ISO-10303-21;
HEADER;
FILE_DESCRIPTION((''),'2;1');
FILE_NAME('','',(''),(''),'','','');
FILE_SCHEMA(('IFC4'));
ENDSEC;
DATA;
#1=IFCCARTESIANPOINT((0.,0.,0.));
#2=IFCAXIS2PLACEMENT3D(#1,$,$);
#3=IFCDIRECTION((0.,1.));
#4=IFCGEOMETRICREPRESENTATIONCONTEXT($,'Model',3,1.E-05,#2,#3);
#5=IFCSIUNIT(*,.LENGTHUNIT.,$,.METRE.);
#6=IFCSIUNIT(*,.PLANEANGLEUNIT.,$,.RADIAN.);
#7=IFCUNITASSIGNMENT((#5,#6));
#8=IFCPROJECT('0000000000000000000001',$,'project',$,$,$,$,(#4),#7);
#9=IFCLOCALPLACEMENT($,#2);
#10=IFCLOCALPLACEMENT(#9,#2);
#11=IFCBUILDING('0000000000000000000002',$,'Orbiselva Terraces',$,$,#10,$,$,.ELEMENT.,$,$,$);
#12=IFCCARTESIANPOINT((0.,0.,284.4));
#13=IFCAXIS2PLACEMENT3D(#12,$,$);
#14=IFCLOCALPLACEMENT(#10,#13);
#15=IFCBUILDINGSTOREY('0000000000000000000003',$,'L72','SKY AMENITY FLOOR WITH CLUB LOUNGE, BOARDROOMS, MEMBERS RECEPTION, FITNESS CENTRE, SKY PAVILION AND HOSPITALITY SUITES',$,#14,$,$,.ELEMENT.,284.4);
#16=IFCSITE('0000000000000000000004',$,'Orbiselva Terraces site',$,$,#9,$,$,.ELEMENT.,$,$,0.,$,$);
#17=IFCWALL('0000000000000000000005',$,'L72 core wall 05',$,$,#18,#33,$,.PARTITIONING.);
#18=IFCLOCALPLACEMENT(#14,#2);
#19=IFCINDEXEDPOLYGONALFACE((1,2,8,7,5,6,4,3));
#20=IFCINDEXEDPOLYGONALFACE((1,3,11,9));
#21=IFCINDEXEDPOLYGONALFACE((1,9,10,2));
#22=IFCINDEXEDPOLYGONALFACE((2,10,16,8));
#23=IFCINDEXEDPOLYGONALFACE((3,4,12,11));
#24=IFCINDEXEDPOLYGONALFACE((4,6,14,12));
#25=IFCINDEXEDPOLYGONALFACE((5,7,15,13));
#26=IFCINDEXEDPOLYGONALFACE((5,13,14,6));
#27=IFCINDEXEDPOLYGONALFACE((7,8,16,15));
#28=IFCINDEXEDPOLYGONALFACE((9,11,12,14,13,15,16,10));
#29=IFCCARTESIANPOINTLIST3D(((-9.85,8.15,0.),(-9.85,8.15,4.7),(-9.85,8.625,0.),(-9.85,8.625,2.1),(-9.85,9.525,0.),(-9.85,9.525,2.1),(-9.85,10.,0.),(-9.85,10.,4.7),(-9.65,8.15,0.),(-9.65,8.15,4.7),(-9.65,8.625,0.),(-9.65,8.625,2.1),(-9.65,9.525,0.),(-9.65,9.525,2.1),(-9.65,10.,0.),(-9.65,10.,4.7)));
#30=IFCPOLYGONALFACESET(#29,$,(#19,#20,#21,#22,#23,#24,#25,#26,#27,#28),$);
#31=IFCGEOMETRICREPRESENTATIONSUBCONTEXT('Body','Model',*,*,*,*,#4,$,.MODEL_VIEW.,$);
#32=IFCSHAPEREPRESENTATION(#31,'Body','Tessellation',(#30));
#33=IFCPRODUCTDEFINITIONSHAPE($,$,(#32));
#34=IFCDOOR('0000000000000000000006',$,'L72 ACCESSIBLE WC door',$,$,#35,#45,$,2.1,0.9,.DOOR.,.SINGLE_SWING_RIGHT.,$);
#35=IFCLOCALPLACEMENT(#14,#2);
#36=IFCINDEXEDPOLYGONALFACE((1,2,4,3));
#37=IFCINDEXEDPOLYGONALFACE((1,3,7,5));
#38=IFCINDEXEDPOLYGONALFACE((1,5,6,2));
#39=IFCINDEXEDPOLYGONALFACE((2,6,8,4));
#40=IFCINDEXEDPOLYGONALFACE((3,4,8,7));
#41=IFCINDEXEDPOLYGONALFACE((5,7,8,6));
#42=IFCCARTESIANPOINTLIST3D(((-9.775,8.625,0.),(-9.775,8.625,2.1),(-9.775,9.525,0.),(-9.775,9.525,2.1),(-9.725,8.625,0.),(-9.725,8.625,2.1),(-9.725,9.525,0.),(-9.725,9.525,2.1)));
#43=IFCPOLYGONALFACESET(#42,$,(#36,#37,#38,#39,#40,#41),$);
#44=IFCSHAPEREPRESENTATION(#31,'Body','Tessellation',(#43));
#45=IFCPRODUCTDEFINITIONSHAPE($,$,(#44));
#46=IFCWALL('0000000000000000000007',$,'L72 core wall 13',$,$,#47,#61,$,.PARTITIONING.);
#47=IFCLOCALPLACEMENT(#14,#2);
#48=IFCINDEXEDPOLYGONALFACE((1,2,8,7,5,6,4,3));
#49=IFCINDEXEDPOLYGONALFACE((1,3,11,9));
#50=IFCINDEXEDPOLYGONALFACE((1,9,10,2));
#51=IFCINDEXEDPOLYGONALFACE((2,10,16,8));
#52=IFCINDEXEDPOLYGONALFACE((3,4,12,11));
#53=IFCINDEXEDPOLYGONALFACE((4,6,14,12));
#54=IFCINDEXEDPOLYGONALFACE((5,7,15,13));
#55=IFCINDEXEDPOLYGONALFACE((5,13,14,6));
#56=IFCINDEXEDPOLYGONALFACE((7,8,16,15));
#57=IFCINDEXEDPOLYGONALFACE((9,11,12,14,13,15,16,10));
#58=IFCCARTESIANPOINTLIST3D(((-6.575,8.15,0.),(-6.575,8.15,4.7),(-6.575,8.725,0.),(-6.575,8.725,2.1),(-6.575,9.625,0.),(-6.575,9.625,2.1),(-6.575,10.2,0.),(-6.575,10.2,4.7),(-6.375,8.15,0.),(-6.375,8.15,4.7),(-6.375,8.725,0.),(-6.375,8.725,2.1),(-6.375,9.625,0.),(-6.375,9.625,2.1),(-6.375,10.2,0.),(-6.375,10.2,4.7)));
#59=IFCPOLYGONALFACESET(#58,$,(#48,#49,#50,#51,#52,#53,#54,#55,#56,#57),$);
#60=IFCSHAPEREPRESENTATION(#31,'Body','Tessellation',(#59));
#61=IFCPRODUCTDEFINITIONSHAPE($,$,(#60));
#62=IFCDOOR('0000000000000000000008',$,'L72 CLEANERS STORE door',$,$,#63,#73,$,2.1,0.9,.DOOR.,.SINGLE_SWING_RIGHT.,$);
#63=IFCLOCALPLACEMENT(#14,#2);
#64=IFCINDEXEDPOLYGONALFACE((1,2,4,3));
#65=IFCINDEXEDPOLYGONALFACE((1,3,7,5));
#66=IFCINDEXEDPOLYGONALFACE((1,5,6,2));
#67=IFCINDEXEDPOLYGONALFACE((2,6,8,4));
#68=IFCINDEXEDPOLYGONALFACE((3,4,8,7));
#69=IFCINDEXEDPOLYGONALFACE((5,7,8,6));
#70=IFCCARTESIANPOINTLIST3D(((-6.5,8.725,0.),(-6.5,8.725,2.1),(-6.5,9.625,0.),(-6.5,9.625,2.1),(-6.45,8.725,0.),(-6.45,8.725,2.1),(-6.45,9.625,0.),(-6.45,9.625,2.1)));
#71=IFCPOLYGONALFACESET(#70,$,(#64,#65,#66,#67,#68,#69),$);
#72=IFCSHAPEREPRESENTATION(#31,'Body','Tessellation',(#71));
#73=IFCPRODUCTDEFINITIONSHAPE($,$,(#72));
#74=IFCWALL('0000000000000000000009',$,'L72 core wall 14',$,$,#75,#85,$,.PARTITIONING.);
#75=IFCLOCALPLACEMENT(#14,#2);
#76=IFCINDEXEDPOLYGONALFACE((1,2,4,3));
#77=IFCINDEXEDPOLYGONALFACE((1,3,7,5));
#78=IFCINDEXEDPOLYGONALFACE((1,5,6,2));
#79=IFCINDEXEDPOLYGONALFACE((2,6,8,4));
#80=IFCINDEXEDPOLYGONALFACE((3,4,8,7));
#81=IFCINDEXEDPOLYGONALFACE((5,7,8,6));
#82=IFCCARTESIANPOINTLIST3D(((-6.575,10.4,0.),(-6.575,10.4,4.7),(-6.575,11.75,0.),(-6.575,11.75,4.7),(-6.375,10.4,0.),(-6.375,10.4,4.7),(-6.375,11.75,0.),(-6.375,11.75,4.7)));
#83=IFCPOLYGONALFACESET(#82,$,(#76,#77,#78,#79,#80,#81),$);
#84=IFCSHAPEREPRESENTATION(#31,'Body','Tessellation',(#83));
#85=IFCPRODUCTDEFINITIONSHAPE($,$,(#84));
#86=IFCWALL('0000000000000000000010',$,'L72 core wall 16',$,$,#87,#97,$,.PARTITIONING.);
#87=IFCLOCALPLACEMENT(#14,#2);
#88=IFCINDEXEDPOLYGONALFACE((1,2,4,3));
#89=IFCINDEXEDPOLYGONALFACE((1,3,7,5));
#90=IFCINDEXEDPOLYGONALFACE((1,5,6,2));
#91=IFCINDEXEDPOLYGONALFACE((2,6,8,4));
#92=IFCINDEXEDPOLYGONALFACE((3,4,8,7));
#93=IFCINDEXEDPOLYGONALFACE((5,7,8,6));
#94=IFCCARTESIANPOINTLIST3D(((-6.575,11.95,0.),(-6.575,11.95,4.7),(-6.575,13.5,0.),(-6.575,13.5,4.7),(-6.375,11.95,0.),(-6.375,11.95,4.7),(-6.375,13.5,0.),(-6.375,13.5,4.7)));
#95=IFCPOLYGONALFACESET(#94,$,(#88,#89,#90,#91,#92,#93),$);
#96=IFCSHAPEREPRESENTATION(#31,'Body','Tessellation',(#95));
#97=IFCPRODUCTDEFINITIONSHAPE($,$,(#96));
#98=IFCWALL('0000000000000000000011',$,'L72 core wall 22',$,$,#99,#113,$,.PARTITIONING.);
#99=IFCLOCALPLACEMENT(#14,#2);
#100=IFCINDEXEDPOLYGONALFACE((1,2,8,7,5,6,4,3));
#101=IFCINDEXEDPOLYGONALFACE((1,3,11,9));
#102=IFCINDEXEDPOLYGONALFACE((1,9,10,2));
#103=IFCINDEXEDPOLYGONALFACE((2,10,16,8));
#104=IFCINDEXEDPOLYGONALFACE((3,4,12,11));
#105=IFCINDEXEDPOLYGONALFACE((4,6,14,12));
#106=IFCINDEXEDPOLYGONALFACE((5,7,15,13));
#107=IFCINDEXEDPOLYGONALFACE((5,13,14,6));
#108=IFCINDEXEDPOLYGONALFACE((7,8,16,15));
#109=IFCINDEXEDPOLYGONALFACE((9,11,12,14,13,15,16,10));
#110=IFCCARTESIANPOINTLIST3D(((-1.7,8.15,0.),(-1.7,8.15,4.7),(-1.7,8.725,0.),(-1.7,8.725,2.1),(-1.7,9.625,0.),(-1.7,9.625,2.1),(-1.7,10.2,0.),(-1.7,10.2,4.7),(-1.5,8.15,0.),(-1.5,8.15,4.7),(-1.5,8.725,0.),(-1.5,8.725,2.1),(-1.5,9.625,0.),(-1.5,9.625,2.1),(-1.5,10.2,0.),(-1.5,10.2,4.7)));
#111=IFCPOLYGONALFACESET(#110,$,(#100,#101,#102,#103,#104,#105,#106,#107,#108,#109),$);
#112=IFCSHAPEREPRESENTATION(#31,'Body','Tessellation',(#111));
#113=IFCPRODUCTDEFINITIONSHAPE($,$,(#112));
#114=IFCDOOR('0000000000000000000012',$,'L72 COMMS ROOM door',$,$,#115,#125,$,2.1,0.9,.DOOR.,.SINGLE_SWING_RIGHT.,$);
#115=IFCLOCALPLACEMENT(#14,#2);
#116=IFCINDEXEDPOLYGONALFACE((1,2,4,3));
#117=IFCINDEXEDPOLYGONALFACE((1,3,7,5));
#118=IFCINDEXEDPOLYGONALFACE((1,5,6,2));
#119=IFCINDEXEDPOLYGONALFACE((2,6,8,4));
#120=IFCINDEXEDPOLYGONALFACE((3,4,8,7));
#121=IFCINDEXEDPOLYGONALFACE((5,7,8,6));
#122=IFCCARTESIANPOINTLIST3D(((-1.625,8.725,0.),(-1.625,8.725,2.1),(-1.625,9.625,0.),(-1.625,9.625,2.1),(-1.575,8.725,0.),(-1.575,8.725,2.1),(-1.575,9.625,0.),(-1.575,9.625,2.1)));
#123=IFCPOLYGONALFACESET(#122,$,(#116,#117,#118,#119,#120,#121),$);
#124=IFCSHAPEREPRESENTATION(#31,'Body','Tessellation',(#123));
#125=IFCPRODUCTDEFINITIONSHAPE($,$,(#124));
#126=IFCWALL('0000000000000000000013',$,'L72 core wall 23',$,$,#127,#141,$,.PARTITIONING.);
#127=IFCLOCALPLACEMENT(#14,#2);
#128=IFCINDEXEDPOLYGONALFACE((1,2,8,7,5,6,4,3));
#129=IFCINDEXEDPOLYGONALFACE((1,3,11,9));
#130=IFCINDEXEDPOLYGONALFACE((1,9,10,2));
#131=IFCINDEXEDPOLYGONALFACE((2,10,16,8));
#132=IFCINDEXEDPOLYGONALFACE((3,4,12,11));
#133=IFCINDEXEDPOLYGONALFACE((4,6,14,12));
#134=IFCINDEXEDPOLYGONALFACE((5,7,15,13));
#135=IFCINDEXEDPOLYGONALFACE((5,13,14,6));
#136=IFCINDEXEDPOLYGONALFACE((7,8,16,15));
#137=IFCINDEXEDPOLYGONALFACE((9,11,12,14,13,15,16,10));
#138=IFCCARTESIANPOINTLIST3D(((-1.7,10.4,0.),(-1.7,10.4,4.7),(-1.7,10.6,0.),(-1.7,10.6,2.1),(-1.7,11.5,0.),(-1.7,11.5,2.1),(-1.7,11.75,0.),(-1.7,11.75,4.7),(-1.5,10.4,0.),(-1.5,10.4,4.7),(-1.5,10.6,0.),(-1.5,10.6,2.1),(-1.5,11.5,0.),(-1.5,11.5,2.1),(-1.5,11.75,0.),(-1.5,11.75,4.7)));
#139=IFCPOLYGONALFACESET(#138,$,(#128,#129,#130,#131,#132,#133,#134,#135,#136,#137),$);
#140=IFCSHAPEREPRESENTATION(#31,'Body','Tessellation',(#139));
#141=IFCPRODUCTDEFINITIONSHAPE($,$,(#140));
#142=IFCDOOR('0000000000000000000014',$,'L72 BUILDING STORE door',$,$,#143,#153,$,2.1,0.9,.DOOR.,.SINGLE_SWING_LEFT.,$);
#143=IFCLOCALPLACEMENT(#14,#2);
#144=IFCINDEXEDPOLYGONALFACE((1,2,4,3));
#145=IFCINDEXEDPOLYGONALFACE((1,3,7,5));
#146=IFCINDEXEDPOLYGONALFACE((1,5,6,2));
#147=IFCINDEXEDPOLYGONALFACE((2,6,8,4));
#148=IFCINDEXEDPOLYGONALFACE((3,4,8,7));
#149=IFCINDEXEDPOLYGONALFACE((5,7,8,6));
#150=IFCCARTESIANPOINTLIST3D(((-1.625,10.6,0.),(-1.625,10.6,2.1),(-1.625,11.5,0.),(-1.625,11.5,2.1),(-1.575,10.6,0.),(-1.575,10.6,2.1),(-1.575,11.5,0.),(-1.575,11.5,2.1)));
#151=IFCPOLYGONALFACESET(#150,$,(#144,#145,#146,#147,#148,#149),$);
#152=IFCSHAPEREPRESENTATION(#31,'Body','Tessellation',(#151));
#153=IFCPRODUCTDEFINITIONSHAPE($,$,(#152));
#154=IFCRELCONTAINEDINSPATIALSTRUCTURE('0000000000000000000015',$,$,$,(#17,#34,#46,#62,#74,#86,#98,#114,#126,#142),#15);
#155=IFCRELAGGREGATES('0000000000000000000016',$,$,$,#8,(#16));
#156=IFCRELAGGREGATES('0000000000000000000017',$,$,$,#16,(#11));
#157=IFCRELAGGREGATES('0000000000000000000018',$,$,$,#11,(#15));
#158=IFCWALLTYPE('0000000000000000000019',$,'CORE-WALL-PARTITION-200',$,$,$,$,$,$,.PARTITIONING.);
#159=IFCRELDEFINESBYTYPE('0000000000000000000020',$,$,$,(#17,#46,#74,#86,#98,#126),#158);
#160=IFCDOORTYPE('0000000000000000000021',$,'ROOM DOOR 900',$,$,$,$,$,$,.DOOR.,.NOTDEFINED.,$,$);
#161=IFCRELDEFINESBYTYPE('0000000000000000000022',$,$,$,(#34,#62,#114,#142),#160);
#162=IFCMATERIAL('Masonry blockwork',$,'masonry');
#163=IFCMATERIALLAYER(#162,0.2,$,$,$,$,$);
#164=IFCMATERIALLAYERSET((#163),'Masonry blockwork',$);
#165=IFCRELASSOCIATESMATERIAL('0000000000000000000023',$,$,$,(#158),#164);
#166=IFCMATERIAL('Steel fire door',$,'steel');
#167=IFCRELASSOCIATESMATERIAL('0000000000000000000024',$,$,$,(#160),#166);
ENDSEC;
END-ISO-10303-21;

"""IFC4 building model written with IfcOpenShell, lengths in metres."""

from ifc_helpers import new_model, si_unit, direction, frame, frame_2d, origin, place, context, subcontext, project, spatial, rectangle, extrude, material, layer, layer_set, type_object, element, fill, save


model = new_model("IFC4")

# Units and contexts
model_context = context("Model", 3, precision=1e-05, world=origin(), true_north=direction((0.0, 1.0)))
body_context = subcontext(model_context, "Body", "Model", "MODEL_VIEW")
ifc_project = project(units=[si_unit("LENGTHUNIT", "METRE"), si_unit("PLANEANGLEUNIT", "RADIAN")], contexts=[model_context])

# Site, building, storey
site_placement = place(None, origin())
site = spatial("IfcSite", under=ifc_project, at=site_placement, Name="Orbiselva Terraces site", CompositionType="ELEMENT", RefElevation=0.0)
building_placement = place(site_placement, origin())
building = spatial("IfcBuilding", under=site, at=building_placement, Name="Orbiselva Terraces", CompositionType="ELEMENT")
storey_placement = place(building_placement, frame((0.0, 0.0, 284.4)))
storey = spatial("IfcBuildingStorey", under=building, at=storey_placement, Name="L72", Description="SKY AMENITY FLOOR WITH CLUB LOUNGE, BOARDROOMS, MEMBERS RECEPTION, FITNESS CENTRE, SKY PAVILION AND HOSPITALITY SUITES", CompositionType="ELEMENT", Elevation=284.4)

# Walls, openings, doors
ifc_material_1 = material(Name="Masonry blockwork", Category="masonry")
ifc_layer_1 = layer(ifc_material_1, 0.2)
ifc_layer_set_1 = layer_set([ifc_layer_1], Name="Masonry blockwork")
wall_type_1 = type_object("IfcWallType", Name="CORE-WALL-PARTITION-200", PredefinedType="PARTITIONING", material=ifc_layer_set_1)
wall_1_placement = place(storey_placement, frame((-9.75, 8.15, 0.0), z_axis=(0.0, 0.0, 1.0), x_axis=(0.0, 1.0, 0.0)))
wall_1 = element("IfcWall", 1, at=wall_1_placement, inside=storey, type_object=wall_type_1, Name="L72 core wall 05", PredefinedType="PARTITIONING", context=body_context, shape_type="SweptSolid", body=[
    extrude(rectangle(XDim=1.85, YDim=0.2, at=frame_2d((0.925, 0.0))), origin(), (0.0, 0.0, 1.0), 4.7),
])
opening_1_placement = place(wall_1_placement, frame((0.475, 0.0, 0.0)))
opening_1 = element("IfcOpeningElement", 2, at=opening_1_placement, cuts=wall_1, PredefinedType="OPENING", context=body_context, shape_type="SweptSolid", body=[
    extrude(rectangle(XDim=0.9, YDim=2.1, at=frame_2d((0.45, 1.05))), frame((0.0, 0.11, 0.0), z_axis=(0.0, -1.0, 0.0), x_axis=(1.0, 0.0, 0.0)), (0.0, 0.0, 1.0), 0.22),
])
ifc_material_2 = material(Name="Steel fire door", Category="steel")
door_type = type_object("IfcDoorType", Name="ROOM DOOR 900", OperationType="NOTDEFINED", PredefinedType="DOOR", material=ifc_material_2)
door_1_placement = place(opening_1_placement, origin())
door_1 = element("IfcDoor", 3, at=door_1_placement, inside=storey, type_object=door_type, Name="L72 ACCESSIBLE WC door", OperationType="SINGLE_SWING_RIGHT", OverallHeight=2.1, OverallWidth=0.9, PredefinedType="DOOR", context=body_context, shape_type="SweptSolid", body=[
    extrude(rectangle(XDim=0.9, YDim=2.1, at=frame_2d((0.45, 1.05))), frame((0.0, 0.025, 0.0), z_axis=(0.0, -1.0, 0.0), x_axis=(1.0, 0.0, 0.0)), (0.0, 0.0, 1.0), 0.05),
])
fill(opening_1, door_1)
wall_2_placement = place(storey_placement, frame((-6.475, 8.15, 0.0), z_axis=(0.0, 0.0, 1.0), x_axis=(0.0, 1.0, 0.0)))
wall_2 = element("IfcWall", 4, at=wall_2_placement, inside=storey, type_object=wall_type_1, Name="L72 core wall 13", PredefinedType="PARTITIONING", context=body_context, shape_type="SweptSolid", body=[
    extrude(rectangle(XDim=2.05, YDim=0.2, at=frame_2d((1.025, 0.0))), origin(), (0.0, 0.0, 1.0), 4.7),
])
opening_2_placement = place(wall_2_placement, frame((0.575, 0.0, 0.0)))
opening_2 = element("IfcOpeningElement", 5, at=opening_2_placement, cuts=wall_2, PredefinedType="OPENING", context=body_context, shape_type="SweptSolid", body=[
    extrude(rectangle(XDim=0.9, YDim=2.1, at=frame_2d((0.45, 1.05))), frame((0.0, 0.11, 0.0), z_axis=(0.0, -1.0, 0.0), x_axis=(1.0, 0.0, 0.0)), (0.0, 0.0, 1.0), 0.22),
])
door_2_placement = place(opening_2_placement, origin())
door_2 = element("IfcDoor", 6, at=door_2_placement, inside=storey, type_object=door_type, Name="L72 CLEANERS STORE door", OperationType="SINGLE_SWING_RIGHT", OverallHeight=2.1, OverallWidth=0.9, PredefinedType="DOOR", context=body_context, shape_type="SweptSolid", body=[
    extrude(rectangle(XDim=0.9, YDim=2.1, at=frame_2d((0.45, 1.05))), frame((0.0, 0.025, 0.0), z_axis=(0.0, -1.0, 0.0), x_axis=(1.0, 0.0, 0.0)), (0.0, 0.0, 1.0), 0.05),
])
fill(opening_2, door_2)

# Walls
wall_3_placement = place(storey_placement, frame((-6.475, 10.4, 0.0), z_axis=(0.0, 0.0, 1.0), x_axis=(0.0, 1.0, 0.0)))
element("IfcWall", 7, at=wall_3_placement, inside=storey, type_object=wall_type_1, Name="L72 core wall 14", PredefinedType="PARTITIONING", context=body_context, shape_type="SweptSolid", body=[
    extrude(rectangle(XDim=1.35, YDim=0.2, at=frame_2d((0.675, 0.0))), origin(), (0.0, 0.0, 1.0), 4.7),
])
wall_4_placement = place(storey_placement, frame((-6.475, 11.95, 0.0), z_axis=(0.0, 0.0, 1.0), x_axis=(0.0, 1.0, 0.0)))
element("IfcWall", 8, at=wall_4_placement, inside=storey, type_object=wall_type_1, Name="L72 core wall 16", PredefinedType="PARTITIONING", context=body_context, shape_type="SweptSolid", body=[
    extrude(rectangle(XDim=1.55, YDim=0.2, at=frame_2d((0.775, 0.0))), origin(), (0.0, 0.0, 1.0), 4.7),
])

# Walls, openings, doors
wall_5_placement = place(storey_placement, frame((-1.6, 8.15, 0.0), z_axis=(0.0, 0.0, 1.0), x_axis=(0.0, 1.0, 0.0)))
wall_5 = element("IfcWall", 9, at=wall_5_placement, inside=storey, type_object=wall_type_1, Name="L72 core wall 22", PredefinedType="PARTITIONING", context=body_context, shape_type="SweptSolid", body=[
    extrude(rectangle(XDim=2.05, YDim=0.2, at=frame_2d((1.025, 0.0))), origin(), (0.0, 0.0, 1.0), 4.7),
])
opening_3_placement = place(wall_5_placement, frame((0.575, 0.0, 0.0)))
opening_3 = element("IfcOpeningElement", 10, at=opening_3_placement, cuts=wall_5, PredefinedType="OPENING", context=body_context, shape_type="SweptSolid", body=[
    extrude(rectangle(XDim=0.9, YDim=2.1, at=frame_2d((0.45, 1.05))), frame((0.0, 0.11, 0.0), z_axis=(0.0, -1.0, 0.0), x_axis=(1.0, 0.0, 0.0)), (0.0, 0.0, 1.0), 0.22),
])
door_3_placement = place(opening_3_placement, origin())
door_3 = element("IfcDoor", 11, at=door_3_placement, inside=storey, type_object=door_type, Name="L72 COMMS ROOM door", OperationType="SINGLE_SWING_RIGHT", OverallHeight=2.1, OverallWidth=0.9, PredefinedType="DOOR", context=body_context, shape_type="SweptSolid", body=[
    extrude(rectangle(XDim=0.9, YDim=2.1, at=frame_2d((0.45, 1.05))), frame((0.0, 0.025, 0.0), z_axis=(0.0, -1.0, 0.0), x_axis=(1.0, 0.0, 0.0)), (0.0, 0.0, 1.0), 0.05),
])
fill(opening_3, door_3)
wall_6_placement = place(storey_placement, frame((-1.6, 10.4, 0.0), z_axis=(0.0, 0.0, 1.0), x_axis=(0.0, 1.0, 0.0)))
wall_6 = element("IfcWall", 12, at=wall_6_placement, inside=storey, type_object=wall_type_1, Name="L72 core wall 23", PredefinedType="PARTITIONING", context=body_context, shape_type="SweptSolid", body=[
    extrude(rectangle(XDim=1.35, YDim=0.2, at=frame_2d((0.675, 0.0))), origin(), (0.0, 0.0, 1.0), 4.7),
])
opening_4_placement = place(wall_6_placement, frame((0.2, 0.0, 0.0)))
opening_4 = element("IfcOpeningElement", 13, at=opening_4_placement, cuts=wall_6, PredefinedType="OPENING", context=body_context, shape_type="SweptSolid", body=[
    extrude(rectangle(XDim=0.9, YDim=2.1, at=frame_2d((0.45, 1.05))), frame((0.0, 0.11, 0.0), z_axis=(0.0, -1.0, 0.0), x_axis=(1.0, 0.0, 0.0)), (0.0, 0.0, 1.0), 0.22),
])
door_4_placement = place(opening_4_placement, origin())
door_4 = element("IfcDoor", 14, at=door_4_placement, inside=storey, type_object=door_type, Name="L72 BUILDING STORE door", OperationType="SINGLE_SWING_LEFT", OverallHeight=2.1, OverallWidth=0.9, PredefinedType="DOOR", context=body_context, shape_type="SweptSolid", body=[
    extrude(rectangle(XDim=0.9, YDim=2.1, at=frame_2d((0.45, 1.05))), frame((0.0, 0.025, 0.0), z_axis=(0.0, -1.0, 0.0), x_axis=(1.0, 0.0, 0.0)), (0.0, 0.0, 1.0), 0.05),
])
fill(opening_4, door_4)

save(model, "model.ifc")
